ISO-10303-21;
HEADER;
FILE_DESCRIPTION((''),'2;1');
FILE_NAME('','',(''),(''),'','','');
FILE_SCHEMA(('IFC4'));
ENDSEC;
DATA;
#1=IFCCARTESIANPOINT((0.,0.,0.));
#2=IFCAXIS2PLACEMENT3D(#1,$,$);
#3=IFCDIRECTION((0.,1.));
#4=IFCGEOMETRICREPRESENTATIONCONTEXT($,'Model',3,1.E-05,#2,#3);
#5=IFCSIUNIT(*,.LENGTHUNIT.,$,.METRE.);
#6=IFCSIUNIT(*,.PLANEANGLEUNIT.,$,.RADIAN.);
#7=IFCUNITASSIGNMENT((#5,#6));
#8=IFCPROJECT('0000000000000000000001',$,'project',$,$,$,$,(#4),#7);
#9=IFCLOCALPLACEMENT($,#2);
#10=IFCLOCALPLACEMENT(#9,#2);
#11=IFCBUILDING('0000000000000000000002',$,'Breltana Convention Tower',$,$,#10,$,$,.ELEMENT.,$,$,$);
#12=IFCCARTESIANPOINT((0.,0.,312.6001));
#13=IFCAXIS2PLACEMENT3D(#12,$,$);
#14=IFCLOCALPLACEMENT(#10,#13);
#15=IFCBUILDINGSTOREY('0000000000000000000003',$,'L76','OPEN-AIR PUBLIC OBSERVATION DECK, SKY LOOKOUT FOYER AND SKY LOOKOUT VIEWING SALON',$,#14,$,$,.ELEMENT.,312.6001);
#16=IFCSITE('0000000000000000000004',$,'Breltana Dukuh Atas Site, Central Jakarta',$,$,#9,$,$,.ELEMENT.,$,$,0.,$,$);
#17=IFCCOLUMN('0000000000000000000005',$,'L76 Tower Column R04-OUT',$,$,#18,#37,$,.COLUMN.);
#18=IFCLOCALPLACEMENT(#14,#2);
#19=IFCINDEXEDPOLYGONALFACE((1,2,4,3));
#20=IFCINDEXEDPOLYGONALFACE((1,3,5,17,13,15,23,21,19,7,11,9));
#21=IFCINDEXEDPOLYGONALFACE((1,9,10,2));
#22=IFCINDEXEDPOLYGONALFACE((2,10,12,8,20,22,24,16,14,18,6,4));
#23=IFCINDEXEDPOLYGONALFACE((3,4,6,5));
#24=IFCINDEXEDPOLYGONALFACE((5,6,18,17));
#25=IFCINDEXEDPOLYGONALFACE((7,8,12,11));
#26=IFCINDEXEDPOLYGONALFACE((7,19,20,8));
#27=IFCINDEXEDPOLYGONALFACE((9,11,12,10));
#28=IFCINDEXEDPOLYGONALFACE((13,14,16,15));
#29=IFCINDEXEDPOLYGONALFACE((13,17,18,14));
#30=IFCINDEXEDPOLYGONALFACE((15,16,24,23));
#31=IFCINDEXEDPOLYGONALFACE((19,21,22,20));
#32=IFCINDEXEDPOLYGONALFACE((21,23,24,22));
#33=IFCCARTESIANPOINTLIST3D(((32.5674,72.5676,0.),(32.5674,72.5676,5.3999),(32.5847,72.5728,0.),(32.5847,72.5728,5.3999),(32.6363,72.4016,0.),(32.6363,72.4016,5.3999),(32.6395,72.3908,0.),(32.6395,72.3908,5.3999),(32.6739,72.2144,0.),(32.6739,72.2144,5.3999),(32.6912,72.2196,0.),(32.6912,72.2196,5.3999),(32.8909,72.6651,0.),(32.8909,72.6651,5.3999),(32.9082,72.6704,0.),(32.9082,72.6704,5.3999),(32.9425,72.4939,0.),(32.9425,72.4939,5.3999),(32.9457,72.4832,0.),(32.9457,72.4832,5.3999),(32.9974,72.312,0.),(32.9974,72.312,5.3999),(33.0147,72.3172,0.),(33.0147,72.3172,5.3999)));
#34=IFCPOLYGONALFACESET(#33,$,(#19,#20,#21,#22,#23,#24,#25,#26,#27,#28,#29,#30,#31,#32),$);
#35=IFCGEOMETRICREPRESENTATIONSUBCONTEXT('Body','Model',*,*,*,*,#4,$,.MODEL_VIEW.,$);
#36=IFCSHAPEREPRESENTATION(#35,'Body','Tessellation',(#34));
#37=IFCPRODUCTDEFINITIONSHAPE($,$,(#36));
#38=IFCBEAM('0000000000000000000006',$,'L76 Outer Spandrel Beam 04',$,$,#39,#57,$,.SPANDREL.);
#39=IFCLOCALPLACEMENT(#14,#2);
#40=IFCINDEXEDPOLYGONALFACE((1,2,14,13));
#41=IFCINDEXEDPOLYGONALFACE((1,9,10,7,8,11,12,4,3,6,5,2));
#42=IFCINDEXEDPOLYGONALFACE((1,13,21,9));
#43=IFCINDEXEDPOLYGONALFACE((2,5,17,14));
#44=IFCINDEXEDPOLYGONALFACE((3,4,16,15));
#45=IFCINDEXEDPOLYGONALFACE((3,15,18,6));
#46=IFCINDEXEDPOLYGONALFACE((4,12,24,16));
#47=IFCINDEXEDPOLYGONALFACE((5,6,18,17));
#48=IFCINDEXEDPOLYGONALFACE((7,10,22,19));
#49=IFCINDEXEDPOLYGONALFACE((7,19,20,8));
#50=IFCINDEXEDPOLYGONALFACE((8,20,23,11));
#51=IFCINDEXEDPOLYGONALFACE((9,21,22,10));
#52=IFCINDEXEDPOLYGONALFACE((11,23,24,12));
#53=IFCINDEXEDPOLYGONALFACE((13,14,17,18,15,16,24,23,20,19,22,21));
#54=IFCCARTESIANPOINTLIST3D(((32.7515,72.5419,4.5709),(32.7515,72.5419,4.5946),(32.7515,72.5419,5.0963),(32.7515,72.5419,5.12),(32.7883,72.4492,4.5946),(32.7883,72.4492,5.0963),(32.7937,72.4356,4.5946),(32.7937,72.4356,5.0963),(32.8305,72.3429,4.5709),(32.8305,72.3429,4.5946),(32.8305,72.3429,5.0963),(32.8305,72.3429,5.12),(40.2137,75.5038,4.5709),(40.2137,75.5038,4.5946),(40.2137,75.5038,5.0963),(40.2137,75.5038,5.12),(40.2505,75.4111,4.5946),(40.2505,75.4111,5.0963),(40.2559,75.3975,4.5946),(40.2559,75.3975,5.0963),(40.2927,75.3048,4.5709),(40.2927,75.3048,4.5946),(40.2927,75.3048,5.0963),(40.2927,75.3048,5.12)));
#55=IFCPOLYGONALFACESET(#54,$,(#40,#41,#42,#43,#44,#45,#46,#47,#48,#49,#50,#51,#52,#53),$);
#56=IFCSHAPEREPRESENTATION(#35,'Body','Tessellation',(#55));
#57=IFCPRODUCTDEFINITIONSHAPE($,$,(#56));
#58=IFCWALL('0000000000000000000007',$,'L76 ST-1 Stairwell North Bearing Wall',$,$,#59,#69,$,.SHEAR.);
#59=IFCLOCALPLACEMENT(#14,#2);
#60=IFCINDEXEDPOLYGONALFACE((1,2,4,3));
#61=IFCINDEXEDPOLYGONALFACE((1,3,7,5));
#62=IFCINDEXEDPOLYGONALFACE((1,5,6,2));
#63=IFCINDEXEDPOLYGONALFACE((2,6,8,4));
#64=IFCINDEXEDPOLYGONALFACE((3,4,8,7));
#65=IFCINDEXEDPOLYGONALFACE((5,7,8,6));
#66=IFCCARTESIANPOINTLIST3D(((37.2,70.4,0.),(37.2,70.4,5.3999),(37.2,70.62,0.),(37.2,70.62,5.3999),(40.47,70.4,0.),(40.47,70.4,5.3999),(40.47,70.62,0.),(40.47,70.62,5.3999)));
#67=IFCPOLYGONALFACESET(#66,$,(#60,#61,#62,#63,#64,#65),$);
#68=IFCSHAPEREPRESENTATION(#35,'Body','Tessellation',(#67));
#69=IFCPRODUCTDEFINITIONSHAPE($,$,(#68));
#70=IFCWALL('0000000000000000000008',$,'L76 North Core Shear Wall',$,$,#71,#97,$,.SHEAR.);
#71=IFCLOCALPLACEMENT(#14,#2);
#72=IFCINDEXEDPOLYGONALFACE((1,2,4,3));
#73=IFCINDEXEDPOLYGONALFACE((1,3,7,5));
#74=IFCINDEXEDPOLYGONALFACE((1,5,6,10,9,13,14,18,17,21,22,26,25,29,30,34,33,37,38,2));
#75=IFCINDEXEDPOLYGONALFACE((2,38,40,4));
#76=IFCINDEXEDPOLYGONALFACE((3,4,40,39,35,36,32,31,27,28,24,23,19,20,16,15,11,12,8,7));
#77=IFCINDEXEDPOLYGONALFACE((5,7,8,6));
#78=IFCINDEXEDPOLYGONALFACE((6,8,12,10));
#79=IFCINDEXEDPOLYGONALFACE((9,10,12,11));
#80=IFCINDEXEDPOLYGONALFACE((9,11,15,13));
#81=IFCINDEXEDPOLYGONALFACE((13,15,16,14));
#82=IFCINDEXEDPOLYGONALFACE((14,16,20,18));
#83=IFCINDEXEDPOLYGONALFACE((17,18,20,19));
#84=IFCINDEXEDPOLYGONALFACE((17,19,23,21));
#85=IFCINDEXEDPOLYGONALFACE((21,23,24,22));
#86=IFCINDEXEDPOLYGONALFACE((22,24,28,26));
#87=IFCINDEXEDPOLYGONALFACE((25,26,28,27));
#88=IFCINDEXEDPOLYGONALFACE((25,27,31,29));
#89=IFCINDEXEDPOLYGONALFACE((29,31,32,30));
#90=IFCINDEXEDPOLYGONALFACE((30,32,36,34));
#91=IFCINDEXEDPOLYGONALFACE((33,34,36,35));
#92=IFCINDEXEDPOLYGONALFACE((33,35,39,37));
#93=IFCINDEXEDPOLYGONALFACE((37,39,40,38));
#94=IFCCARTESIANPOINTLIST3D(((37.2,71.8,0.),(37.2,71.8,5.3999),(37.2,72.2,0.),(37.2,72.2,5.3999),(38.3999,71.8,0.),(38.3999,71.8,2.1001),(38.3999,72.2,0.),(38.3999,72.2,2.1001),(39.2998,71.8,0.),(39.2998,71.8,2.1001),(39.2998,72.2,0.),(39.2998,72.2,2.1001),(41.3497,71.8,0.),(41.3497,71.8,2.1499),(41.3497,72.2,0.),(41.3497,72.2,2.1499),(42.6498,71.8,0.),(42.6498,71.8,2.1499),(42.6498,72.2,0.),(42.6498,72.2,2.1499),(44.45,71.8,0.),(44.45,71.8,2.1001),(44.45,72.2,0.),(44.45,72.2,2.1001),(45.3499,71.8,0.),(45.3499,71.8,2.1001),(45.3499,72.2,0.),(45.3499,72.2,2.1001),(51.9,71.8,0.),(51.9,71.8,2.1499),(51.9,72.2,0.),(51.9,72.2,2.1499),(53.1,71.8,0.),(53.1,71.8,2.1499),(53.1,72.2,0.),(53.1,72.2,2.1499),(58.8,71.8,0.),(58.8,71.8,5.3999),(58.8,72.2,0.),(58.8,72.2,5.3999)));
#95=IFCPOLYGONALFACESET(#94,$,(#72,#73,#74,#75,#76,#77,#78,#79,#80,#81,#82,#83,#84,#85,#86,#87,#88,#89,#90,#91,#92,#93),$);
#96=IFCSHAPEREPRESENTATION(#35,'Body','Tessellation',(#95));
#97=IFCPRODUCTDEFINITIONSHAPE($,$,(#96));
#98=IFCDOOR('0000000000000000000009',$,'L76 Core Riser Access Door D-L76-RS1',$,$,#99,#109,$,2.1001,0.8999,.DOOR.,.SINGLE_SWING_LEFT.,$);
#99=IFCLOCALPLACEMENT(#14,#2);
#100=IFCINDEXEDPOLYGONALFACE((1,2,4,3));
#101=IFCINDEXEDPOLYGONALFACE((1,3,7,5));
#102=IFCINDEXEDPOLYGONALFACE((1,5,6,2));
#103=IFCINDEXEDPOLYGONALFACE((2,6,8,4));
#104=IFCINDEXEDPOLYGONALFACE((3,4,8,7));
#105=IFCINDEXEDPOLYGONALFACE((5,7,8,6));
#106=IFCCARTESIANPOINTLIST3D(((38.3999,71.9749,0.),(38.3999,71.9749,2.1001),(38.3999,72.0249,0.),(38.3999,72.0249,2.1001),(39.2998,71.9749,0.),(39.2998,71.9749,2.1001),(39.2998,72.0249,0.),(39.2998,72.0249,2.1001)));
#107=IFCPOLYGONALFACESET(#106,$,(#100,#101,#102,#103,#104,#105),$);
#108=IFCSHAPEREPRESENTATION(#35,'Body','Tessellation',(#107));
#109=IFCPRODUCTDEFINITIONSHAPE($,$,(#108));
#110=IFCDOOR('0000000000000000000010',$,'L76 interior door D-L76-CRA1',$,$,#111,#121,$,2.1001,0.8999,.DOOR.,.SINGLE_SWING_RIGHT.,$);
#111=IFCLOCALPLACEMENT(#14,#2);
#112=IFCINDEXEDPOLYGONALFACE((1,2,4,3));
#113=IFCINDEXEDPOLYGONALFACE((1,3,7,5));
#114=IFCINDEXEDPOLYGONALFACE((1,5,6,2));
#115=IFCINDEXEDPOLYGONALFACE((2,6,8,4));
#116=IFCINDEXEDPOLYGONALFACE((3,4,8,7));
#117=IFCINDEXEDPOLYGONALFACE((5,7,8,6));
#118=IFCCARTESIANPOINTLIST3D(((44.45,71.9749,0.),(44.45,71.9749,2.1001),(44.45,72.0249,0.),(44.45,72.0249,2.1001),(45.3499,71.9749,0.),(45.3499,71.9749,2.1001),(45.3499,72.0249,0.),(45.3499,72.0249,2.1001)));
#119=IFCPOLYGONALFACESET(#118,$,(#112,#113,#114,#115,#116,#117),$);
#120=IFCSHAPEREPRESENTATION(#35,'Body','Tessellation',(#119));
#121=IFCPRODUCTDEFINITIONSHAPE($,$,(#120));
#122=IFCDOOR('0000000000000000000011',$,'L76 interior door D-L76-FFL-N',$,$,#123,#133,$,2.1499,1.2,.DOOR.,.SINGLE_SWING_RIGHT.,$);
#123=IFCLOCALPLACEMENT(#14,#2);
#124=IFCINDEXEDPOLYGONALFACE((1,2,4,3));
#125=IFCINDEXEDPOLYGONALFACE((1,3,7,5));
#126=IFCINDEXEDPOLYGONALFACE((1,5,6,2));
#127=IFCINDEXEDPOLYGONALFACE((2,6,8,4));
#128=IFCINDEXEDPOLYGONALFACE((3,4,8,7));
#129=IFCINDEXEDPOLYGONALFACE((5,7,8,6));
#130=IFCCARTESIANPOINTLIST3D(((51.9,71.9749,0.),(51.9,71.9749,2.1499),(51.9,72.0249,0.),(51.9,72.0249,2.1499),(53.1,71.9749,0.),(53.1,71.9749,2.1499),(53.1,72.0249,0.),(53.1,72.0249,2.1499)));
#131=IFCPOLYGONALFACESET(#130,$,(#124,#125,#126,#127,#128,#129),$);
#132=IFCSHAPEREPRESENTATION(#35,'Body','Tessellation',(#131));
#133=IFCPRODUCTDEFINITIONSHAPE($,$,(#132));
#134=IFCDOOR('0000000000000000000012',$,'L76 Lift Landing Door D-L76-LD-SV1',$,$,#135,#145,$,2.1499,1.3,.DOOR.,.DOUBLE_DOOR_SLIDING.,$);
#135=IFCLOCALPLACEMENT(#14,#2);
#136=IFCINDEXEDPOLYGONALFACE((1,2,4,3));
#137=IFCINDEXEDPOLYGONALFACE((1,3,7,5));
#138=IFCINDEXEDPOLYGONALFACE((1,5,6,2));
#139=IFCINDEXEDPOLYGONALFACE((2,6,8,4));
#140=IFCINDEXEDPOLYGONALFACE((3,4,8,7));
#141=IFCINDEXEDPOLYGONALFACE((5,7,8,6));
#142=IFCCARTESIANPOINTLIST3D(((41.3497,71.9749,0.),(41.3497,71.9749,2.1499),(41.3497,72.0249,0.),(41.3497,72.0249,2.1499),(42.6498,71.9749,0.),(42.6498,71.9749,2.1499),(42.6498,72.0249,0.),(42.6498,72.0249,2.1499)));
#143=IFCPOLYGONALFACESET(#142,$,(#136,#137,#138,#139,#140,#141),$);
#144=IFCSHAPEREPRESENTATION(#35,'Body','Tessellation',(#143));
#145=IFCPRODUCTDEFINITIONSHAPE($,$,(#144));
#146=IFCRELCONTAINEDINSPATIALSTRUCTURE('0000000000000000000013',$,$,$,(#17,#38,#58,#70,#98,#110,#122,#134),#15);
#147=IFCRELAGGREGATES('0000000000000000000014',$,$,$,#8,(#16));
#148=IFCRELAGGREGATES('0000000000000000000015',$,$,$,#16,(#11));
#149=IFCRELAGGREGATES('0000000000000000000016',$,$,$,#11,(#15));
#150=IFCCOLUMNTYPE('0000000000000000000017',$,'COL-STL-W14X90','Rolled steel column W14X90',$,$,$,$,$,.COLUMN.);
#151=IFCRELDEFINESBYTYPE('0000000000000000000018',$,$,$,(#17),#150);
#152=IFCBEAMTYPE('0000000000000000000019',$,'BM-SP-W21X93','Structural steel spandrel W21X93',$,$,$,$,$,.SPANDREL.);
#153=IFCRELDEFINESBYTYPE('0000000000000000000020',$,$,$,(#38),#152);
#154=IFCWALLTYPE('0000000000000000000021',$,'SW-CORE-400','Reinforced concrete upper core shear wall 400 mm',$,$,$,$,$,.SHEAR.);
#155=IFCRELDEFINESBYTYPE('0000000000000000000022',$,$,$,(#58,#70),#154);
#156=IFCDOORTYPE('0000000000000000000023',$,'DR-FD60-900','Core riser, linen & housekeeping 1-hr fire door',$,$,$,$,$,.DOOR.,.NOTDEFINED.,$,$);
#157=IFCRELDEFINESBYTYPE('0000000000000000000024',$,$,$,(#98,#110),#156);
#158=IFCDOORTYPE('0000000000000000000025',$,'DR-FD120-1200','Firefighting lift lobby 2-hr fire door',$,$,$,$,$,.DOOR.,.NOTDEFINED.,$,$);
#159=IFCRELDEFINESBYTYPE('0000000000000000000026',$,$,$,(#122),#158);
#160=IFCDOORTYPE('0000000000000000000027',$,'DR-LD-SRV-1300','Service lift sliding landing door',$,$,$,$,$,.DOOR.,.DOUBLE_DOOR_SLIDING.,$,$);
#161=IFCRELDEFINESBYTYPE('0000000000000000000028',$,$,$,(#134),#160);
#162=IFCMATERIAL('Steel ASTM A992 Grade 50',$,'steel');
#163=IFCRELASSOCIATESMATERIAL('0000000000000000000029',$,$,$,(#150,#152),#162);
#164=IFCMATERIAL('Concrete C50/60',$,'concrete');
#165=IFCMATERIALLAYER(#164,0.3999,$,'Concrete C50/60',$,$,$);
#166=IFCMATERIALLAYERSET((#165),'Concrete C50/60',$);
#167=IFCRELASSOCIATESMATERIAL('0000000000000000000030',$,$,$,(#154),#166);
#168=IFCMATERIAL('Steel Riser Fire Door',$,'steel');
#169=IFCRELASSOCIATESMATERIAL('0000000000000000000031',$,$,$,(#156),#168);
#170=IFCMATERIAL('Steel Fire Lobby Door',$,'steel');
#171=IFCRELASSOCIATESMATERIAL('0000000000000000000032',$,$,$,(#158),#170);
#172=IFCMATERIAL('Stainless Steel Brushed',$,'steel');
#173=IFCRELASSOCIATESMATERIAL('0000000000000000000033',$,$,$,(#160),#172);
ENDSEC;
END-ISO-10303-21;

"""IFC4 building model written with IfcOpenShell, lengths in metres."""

from ifc_helpers import new_model, si_unit, direction, frame, frame_2d, origin, origin_2d, place, context, subcontext, project, spatial, rectangle, i_section, extrude, source, transform, mapped, material, layer, layer_set, material_profile, profile_set, type_object, type_shapes, element, fill, save


model = new_model("IFC4")

# Units and contexts
model_context = context("Model", 3, precision=1e-05, world=origin(), true_north=direction((0.0, 1.0)))
body_context = subcontext(model_context, "Body", "Model", "MODEL_VIEW")
ifc_project = project(units=[si_unit("LENGTHUNIT", "METRE"), si_unit("PLANEANGLEUNIT", "RADIAN")], contexts=[model_context])

# Site, building, storey
site_placement = place(None, origin())
site = spatial("IfcSite", under=ifc_project, at=site_placement, Name="Breltana Dukuh Atas Site, Central Jakarta", CompositionType="ELEMENT", RefElevation=0.0)
building_placement = place(site_placement, origin())
building = spatial("IfcBuilding", under=site, at=building_placement, Name="Breltana Convention Tower", CompositionType="ELEMENT")
storey_placement = place(building_placement, frame((0.0, 0.0, 312.6001)))
storey = spatial("IfcBuildingStorey", under=building, at=storey_placement, Name="L76", Description="OPEN-AIR PUBLIC OBSERVATION DECK, SKY LOOKOUT FOYER AND SKY LOOKOUT VIEWING SALON", CompositionType="ELEMENT", Elevation=312.6001)

# Column
ifc_material_1 = material(Name="Steel ASTM A992 Grade 50", Category="steel")
ifc_material_profile_1 = material_profile(ifc_material_1, i_section(OverallWidth=0.3689, OverallDepth=0.356, WebThickness=0.0112, FlangeThickness=0.0181, at=origin_2d()), Name="W14X90")
ifc_profile_set_1 = profile_set([ifc_material_profile_1], Name="Steel ASTM A992 Grade 50")
column_type = type_object("IfcColumnType", Name="COL-STL-W14X90", Description="Rolled steel column W14X90", PredefinedType="COLUMN", material=ifc_profile_set_1)
shared_shape_1 = source(origin(), body_context, "Body", "SweptSolid", [
    extrude(i_section(OverallWidth=0.3689, OverallDepth=0.356, WebThickness=0.0112, FlangeThickness=0.0181, at=origin_2d()), origin(), (0.0, 0.0, 1.0), 5.3999),
])
column_placement = place(storey_placement, frame((32.791, 72.4424, 0.0), z_axis=(0.0, 0.0, 1.0), x_axis=(-0.288698, 0.95742, 0.0)))
element("IfcColumn", 1, at=column_placement, inside=storey, type_object=column_type, Name="L76 Tower Column R04-OUT", PredefinedType="COLUMN", context=body_context, shape_type="MappedRepresentation", body=[
    mapped(shared_shape_1, transform((0.0, 0.0, 0.0), scale=1.0)),
])

# Beam
ifc_material_profile_2 = material_profile(ifc_material_1, i_section(OverallWidth=0.2141, OverallDepth=0.5491, WebThickness=0.0146, FlangeThickness=0.0237, at=origin_2d()), Name="W21X93")
ifc_profile_set_2 = profile_set([ifc_material_profile_2], Name="Steel ASTM A992 Grade 50")
beam_type = type_object("IfcBeamType", Name="BM-SP-W21X93", Description="Structural steel spandrel W21X93", PredefinedType="SPANDREL", material=ifc_profile_set_2)
shared_shape_2 = source(origin(), body_context, "Body", "SweptSolid", [
    extrude(i_section(OverallWidth=0.2141, OverallDepth=0.5491, WebThickness=0.0146, FlangeThickness=0.0237, at=origin_2d()), origin(), (0.0, 0.0, 1.0), 8.0286),
])
beam_placement = place(storey_placement, frame((32.791, 72.4424, 4.8455), z_axis=(0.929459, 0.368925, 0.0), x_axis=(-0.368925, 0.929459, 0.0)))
element("IfcBeam", 2, at=beam_placement, inside=storey, type_object=beam_type, Name="L76 Outer Spandrel Beam 04", PredefinedType="SPANDREL", context=body_context, shape_type="MappedRepresentation", body=[
    mapped(shared_shape_2, transform((0.0, 0.0, 0.0), scale=1.0)),
])

# Wall
ifc_material_2 = material(Name="Concrete C50/60", Category="concrete")
ifc_layer_1 = layer(ifc_material_2, 0.3999, Name="Concrete C50/60")
ifc_layer_set_1 = layer_set([ifc_layer_1], Name="Concrete C50/60")
wall_type_1 = type_object("IfcWallType", Name="SW-CORE-400", Description="Reinforced concrete upper core shear wall 400 mm", PredefinedType="SHEAR", material=ifc_layer_set_1)
shared_shape_3 = source(origin(), body_context, "Body", "SweptSolid", [
    extrude(rectangle(XDim=3.27, YDim=0.22, at=frame_2d((1.635, 0.0))), origin(), (0.0, 0.0, 1.0), 5.3999),
])
wall_1_placement = place(storey_placement, frame((37.2, 70.51, 0.0), z_axis=(0.0, 0.0, 1.0), x_axis=(1.0, 0.0, 0.0)))
element("IfcWall", 3, at=wall_1_placement, inside=storey, type_object=wall_type_1, Name="L76 ST-1 Stairwell North Bearing Wall", PredefinedType="SHEAR", context=body_context, shape_type="MappedRepresentation", body=[
    mapped(shared_shape_3, transform((0.0, 0.0, 0.0), scale=1.0)),
])

# Wall, openings, doors
shared_shape_4 = source(origin(), body_context, "Body", "SweptSolid", [
    extrude(rectangle(XDim=21.6001, YDim=0.3999, at=frame_2d((10.8, 0.0))), origin(), (0.0, 0.0, 1.0), 5.3999),
])
wall_2_placement = place(storey_placement, frame((37.2, 72.0, 0.0), z_axis=(0.0, 0.0, 1.0), x_axis=(1.0, 0.0, 0.0)))
wall_2 = element("IfcWall", 4, at=wall_2_placement, inside=storey, type_object=wall_type_1, Name="L76 North Core Shear Wall", PredefinedType="SHEAR", context=body_context, shape_type="MappedRepresentation", body=[
    mapped(shared_shape_4, transform((0.0, 0.0, 0.0), scale=1.0)),
])
opening_1_placement = place(wall_2_placement, frame((1.2, 0.0, 0.0)))
opening_1 = element("IfcOpeningElement", 5, at=opening_1_placement, cuts=wall_2, PredefinedType="OPENING", context=body_context, shape_type="SweptSolid", body=[
    extrude(rectangle(XDim=0.8999, YDim=2.1001, at=frame_2d((0.45, 1.05))), frame((0.0, 0.21, 0.0), z_axis=(0.0, -1.0, 0.0), x_axis=(1.0, 0.0, 0.0)), (0.0, 0.0, 1.0), 0.4199),
])
opening_2_placement = place(wall_2_placement, frame((14.7, 0.0, 0.0)))
opening_2 = element("IfcOpeningElement", 6, at=opening_2_placement, cuts=wall_2, PredefinedType="OPENING", context=body_context, shape_type="SweptSolid", body=[
    extrude(rectangle(XDim=1.2, YDim=2.1499, at=frame_2d((0.6001, 1.075))), frame((0.0, 0.21, 0.0), z_axis=(0.0, -1.0, 0.0), x_axis=(1.0, 0.0, 0.0)), (0.0, 0.0, 1.0), 0.4199),
])
opening_3_placement = place(wall_2_placement, frame((4.1499, 0.0, 0.0)))
opening_3 = element("IfcOpeningElement", 7, at=opening_3_placement, cuts=wall_2, PredefinedType="OPENING", context=body_context, shape_type="SweptSolid", body=[
    extrude(rectangle(XDim=1.3, YDim=2.1499, at=frame_2d((0.6499, 1.075))), frame((0.0, 0.21, 0.0), z_axis=(0.0, -1.0, 0.0), x_axis=(1.0, 0.0, 0.0)), (0.0, 0.0, 1.0), 0.4199),
])
opening_4_placement = place(wall_2_placement, frame((7.25, 0.0, 0.0)))
opening_4 = element("IfcOpeningElement", 8, at=opening_4_placement, cuts=wall_2, PredefinedType="OPENING", context=body_context, shape_type="SweptSolid", body=[
    extrude(rectangle(XDim=0.8999, YDim=2.1001, at=frame_2d((0.45, 1.05))), frame((0.0, 0.21, 0.0), z_axis=(0.0, -1.0, 0.0), x_axis=(1.0, 0.0, 0.0)), (0.0, 0.0, 1.0), 0.4199),
])
ifc_material_3 = material(Name="Steel Riser Fire Door", Category="steel")
door_type_1 = type_object("IfcDoorType", Name="DR-FD60-900", Description="Core riser, linen & housekeeping 1-hr fire door", OperationType="NOTDEFINED", PredefinedType="DOOR", material=ifc_material_3)
shared_shape_5 = source(origin(), body_context, "Body", "SweptSolid", [
    extrude(rectangle(XDim=0.8999, YDim=2.1001, at=frame_2d((0.45, 1.05))), frame((0.0, 0.0249, 0.0), z_axis=(0.0, -1.0, 0.0), x_axis=(1.0, 0.0, 0.0)), (0.0, 0.0, 1.0), 0.05),
])
type_shapes(door_type_1, [shared_shape_5])
door_1_placement = place(opening_1_placement, origin())
door_1 = element("IfcDoor", 9, at=door_1_placement, inside=storey, type_object=door_type_1, Name="L76 Core Riser Access Door D-L76-RS1", OperationType="SINGLE_SWING_LEFT", OverallHeight=2.1001, OverallWidth=0.8999, PredefinedType="DOOR", context=body_context, shape_type="MappedRepresentation", body=[
    mapped(shared_shape_5, transform((0.0, 0.0, 0.0), scale=1.0)),
])
fill(opening_1, door_1)
door_2_placement = place(opening_4_placement, origin())
door_2 = element("IfcDoor", 10, at=door_2_placement, inside=storey, type_object=door_type_1, Name="L76 interior door D-L76-CRA1", OperationType="SINGLE_SWING_RIGHT", OverallHeight=2.1001, OverallWidth=0.8999, PredefinedType="DOOR", context=body_context, shape_type="MappedRepresentation", body=[
    mapped(shared_shape_5, transform((0.0, 0.0, 0.0), scale=1.0)),
])
fill(opening_4, door_2)
ifc_material_4 = material(Name="Steel Fire Lobby Door", Category="steel")
door_type_2 = type_object("IfcDoorType", Name="DR-FD120-1200", Description="Firefighting lift lobby 2-hr fire door", OperationType="NOTDEFINED", PredefinedType="DOOR", material=ifc_material_4)
shared_shape_6 = source(origin(), body_context, "Body", "SweptSolid", [
    extrude(rectangle(XDim=1.2, YDim=2.1499, at=frame_2d((0.6001, 1.075))), frame((0.0, 0.0249, 0.0), z_axis=(0.0, -1.0, 0.0), x_axis=(1.0, 0.0, 0.0)), (0.0, 0.0, 1.0), 0.05),
])
type_shapes(door_type_2, [shared_shape_6])
door_3_placement = place(opening_2_placement, origin())
door_3 = element("IfcDoor", 11, at=door_3_placement, inside=storey, type_object=door_type_2, Name="L76 interior door D-L76-FFL-N", OperationType="SINGLE_SWING_RIGHT", OverallHeight=2.1499, OverallWidth=1.2, PredefinedType="DOOR", context=body_context, shape_type="MappedRepresentation", body=[
    mapped(shared_shape_6, transform((0.0, 0.0, 0.0), scale=1.0)),
])
fill(opening_2, door_3)
ifc_material_5 = material(Name="Stainless Steel Brushed", Category="steel")
door_type_3 = type_object("IfcDoorType", Name="DR-LD-SRV-1300", Description="Service lift sliding landing door", OperationType="DOUBLE_DOOR_SLIDING", PredefinedType="DOOR", material=ifc_material_5)
shared_shape_7 = source(origin(), body_context, "Body", "SweptSolid", [
    extrude(rectangle(XDim=1.3, YDim=2.1499, at=frame_2d((0.6499, 1.075))), frame((0.0, 0.0249, 0.0), z_axis=(0.0, -1.0, 0.0), x_axis=(1.0, 0.0, 0.0)), (0.0, 0.0, 1.0), 0.05),
])
type_shapes(door_type_3, [shared_shape_7])
door_4_placement = place(opening_3_placement, origin())
door_4 = element("IfcDoor", 12, at=door_4_placement, inside=storey, type_object=door_type_3, Name="L76 Lift Landing Door D-L76-LD-SV1", OperationType="DOUBLE_DOOR_SLIDING", OverallHeight=2.1499, OverallWidth=1.3, PredefinedType="DOOR", context=body_context, shape_type="MappedRepresentation", body=[
    mapped(shared_shape_7, transform((0.0, 0.0, 0.0), scale=1.0)),
])
fill(opening_3, door_4)

save(model, "model.ifc")
